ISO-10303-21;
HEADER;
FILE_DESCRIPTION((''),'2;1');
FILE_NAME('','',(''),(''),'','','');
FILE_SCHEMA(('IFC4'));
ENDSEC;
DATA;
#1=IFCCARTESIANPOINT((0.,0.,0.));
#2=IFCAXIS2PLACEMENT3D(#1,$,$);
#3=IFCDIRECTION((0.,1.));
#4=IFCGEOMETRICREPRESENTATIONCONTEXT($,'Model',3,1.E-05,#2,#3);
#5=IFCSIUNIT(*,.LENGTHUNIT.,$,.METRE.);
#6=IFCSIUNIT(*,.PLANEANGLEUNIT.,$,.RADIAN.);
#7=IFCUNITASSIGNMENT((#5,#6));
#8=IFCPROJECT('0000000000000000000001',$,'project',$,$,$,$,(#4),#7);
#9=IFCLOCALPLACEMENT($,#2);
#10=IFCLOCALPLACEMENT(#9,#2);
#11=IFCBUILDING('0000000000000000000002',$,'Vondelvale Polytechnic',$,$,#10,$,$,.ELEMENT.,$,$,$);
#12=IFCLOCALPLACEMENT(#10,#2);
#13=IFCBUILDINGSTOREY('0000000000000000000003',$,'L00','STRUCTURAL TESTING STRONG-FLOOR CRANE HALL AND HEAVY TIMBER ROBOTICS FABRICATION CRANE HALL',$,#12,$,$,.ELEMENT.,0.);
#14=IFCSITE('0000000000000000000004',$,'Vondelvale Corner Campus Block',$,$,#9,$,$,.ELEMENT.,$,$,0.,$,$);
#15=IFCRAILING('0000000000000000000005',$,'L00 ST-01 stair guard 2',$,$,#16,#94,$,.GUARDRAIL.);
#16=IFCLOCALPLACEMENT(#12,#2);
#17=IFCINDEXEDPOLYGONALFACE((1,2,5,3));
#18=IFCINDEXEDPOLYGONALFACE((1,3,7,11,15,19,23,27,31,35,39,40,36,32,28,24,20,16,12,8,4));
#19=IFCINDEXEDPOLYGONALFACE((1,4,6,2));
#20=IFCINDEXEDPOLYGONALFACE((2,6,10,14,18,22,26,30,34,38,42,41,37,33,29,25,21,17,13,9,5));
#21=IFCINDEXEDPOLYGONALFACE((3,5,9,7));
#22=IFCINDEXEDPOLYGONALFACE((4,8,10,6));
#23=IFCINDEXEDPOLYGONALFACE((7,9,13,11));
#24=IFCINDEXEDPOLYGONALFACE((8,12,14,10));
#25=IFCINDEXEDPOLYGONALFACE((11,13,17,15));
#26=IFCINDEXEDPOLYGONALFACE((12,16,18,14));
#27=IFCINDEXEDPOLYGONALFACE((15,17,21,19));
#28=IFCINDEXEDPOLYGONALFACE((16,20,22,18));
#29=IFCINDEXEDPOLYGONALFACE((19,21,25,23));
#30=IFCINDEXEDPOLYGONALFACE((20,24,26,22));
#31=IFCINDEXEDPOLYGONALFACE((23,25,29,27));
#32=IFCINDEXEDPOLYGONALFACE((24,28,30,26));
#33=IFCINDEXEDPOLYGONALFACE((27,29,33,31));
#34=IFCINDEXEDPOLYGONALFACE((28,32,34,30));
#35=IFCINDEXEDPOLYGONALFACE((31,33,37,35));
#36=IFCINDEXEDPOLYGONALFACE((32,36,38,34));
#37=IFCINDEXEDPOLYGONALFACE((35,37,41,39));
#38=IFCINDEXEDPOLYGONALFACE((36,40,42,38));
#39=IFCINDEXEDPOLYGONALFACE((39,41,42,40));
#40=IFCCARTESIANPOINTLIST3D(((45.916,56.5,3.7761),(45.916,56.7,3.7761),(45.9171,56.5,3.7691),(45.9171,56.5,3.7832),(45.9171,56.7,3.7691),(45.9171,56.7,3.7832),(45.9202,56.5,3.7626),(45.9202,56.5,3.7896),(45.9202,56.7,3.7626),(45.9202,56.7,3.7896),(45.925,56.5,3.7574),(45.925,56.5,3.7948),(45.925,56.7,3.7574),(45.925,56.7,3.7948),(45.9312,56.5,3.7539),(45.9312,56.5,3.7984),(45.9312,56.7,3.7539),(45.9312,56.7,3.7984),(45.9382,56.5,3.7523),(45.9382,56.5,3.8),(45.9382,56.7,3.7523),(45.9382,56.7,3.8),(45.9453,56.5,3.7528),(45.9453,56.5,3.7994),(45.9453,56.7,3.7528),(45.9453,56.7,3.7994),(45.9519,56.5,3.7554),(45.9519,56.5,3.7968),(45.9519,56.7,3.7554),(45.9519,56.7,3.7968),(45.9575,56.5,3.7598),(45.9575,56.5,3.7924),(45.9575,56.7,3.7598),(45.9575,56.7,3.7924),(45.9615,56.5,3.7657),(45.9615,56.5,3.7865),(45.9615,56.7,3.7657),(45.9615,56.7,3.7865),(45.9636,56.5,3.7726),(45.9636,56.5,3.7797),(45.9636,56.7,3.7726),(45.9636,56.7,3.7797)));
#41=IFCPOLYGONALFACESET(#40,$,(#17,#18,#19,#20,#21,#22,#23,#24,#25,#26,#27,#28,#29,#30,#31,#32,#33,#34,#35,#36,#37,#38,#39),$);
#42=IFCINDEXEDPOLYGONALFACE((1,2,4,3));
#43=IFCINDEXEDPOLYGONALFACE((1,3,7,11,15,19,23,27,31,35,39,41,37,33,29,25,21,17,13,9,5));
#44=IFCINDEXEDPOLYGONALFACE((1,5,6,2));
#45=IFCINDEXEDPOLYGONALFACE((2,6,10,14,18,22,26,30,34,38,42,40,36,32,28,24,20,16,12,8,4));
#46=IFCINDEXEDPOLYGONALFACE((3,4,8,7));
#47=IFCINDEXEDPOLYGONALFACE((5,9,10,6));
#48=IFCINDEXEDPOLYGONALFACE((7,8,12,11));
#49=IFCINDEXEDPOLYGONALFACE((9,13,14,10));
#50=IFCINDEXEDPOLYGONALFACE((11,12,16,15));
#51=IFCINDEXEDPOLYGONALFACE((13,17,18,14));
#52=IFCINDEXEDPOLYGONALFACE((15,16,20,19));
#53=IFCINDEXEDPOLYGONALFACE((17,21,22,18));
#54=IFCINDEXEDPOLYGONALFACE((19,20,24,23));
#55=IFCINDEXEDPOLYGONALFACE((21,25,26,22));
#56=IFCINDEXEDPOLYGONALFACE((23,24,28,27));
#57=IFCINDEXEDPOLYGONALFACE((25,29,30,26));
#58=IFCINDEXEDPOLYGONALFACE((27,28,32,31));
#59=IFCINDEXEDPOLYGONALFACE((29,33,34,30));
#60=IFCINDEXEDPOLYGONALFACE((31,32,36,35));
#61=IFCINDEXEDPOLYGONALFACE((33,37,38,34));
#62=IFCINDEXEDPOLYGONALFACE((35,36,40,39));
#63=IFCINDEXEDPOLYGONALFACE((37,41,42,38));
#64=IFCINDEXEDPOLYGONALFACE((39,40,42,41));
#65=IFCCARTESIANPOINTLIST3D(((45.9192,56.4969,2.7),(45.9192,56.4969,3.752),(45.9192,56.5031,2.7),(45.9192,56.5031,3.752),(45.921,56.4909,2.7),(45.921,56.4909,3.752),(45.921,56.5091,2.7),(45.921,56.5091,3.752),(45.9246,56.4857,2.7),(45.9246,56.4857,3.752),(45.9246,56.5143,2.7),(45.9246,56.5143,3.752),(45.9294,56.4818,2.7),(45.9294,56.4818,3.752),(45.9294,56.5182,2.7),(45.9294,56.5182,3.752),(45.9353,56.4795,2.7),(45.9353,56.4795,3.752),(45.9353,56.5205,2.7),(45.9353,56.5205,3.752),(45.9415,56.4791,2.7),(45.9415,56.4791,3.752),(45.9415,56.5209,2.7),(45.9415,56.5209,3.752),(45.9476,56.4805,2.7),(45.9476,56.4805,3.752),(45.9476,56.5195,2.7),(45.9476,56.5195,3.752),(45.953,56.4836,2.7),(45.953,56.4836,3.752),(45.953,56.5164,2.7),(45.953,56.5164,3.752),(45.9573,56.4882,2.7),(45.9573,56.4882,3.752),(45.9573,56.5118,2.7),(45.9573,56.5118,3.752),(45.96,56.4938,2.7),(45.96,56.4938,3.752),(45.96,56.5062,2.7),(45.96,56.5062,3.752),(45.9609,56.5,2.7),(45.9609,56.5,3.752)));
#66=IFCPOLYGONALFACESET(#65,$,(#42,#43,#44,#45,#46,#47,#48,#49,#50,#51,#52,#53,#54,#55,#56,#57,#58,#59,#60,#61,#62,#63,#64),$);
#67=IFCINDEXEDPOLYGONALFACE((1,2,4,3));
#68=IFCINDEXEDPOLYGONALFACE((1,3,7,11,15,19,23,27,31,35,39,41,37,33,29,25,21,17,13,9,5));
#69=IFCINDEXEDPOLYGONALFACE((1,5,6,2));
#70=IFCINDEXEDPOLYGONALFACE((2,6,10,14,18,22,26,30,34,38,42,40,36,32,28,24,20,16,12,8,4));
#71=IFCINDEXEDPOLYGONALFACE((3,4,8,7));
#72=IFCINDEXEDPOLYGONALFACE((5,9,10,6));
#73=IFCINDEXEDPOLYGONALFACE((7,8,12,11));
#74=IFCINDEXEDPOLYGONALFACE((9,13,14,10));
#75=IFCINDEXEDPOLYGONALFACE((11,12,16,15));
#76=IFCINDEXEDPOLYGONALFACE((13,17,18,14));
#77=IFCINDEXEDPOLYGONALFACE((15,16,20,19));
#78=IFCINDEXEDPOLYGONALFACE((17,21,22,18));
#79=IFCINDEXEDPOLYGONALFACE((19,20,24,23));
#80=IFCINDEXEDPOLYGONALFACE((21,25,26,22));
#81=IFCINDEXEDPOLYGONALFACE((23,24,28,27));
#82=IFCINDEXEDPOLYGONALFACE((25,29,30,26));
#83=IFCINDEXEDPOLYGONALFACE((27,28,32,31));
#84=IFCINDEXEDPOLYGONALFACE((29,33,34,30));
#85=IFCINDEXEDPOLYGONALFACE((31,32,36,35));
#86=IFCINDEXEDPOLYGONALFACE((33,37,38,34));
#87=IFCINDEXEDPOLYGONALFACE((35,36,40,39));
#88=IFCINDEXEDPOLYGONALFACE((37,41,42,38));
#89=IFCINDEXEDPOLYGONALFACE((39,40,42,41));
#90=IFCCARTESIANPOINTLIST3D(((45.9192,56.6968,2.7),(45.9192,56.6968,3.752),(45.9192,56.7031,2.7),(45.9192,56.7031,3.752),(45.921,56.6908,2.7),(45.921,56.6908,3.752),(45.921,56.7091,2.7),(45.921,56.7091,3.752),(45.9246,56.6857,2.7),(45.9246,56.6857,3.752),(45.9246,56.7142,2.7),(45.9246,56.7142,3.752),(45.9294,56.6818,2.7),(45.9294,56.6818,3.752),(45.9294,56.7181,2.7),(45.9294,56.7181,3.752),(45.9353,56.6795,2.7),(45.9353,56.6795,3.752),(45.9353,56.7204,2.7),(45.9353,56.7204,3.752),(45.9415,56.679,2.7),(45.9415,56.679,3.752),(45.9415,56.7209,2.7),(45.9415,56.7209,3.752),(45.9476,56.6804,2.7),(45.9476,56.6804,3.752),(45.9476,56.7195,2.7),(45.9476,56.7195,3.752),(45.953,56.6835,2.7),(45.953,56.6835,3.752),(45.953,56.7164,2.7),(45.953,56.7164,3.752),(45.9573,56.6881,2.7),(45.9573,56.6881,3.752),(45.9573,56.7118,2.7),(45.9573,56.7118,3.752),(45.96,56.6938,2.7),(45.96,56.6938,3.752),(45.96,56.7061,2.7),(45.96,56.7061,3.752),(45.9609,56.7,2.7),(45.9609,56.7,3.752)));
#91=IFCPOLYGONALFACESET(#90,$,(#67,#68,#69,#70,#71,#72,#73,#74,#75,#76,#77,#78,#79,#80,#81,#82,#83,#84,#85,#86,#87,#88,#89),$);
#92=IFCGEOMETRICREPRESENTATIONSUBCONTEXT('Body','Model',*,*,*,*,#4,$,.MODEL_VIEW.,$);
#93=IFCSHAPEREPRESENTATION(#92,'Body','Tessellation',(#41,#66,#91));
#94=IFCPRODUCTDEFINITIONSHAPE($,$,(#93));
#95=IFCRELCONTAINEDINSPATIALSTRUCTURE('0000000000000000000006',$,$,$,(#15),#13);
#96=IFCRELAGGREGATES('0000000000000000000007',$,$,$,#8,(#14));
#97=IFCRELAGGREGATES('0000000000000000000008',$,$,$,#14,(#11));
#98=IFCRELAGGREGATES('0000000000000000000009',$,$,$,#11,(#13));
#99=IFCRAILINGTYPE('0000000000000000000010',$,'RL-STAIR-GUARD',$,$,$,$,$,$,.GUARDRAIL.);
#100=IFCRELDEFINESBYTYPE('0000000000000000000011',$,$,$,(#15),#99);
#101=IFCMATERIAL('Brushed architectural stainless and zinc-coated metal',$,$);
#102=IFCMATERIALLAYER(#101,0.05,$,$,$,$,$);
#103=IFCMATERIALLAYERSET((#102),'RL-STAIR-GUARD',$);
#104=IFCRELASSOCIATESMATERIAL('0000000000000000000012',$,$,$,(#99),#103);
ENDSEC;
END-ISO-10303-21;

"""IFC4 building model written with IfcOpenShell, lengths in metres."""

from ifc_helpers import new_model, si_unit, direction, frame, origin, origin_2d, place, context, subcontext, project, spatial, circle, extrude, material, layer, layer_set, type_object, element, save


model = new_model("IFC4")

# Units and contexts
model_context = context("Model", 3, precision=1e-05, world=origin(), true_north=direction((0.0, 1.0)))
body_context = subcontext(model_context, "Body", "Model", "MODEL_VIEW")
ifc_project = project(units=[si_unit("LENGTHUNIT", "METRE"), si_unit("PLANEANGLEUNIT", "RADIAN")], contexts=[model_context])

# Site, building, storey
site_placement = place(None, origin())
site = spatial("IfcSite", under=ifc_project, at=site_placement, Name="Vondelvale Corner Campus Block", CompositionType="ELEMENT", RefElevation=0.0)
building_placement = place(site_placement, origin())
building = spatial("IfcBuilding", under=site, at=building_placement, Name="Vondelvale Polytechnic", CompositionType="ELEMENT")
storey_placement = place(building_placement, origin())
storey = spatial("IfcBuildingStorey", under=building, at=storey_placement, Name="L00", Description="STRUCTURAL TESTING STRONG-FLOOR CRANE HALL AND HEAVY TIMBER ROBOTICS FABRICATION CRANE HALL", CompositionType="ELEMENT", Elevation=0.0)

# Railing
ifc_material_1 = material(Name="Brushed architectural stainless and zinc-coated metal")
ifc_layer_1 = layer(ifc_material_1, 0.05)
ifc_layer_set_1 = layer_set([ifc_layer_1], Name="RL-STAIR-GUARD")
railing_type_1 = type_object("IfcRailingType", Name="RL-STAIR-GUARD", PredefinedType="GUARDRAIL", material=ifc_layer_set_1)
railing_1_placement = place(storey_placement, frame((45.9399, 56.5, 2.7)))
element("IfcRailing", 1, at=railing_1_placement, inside=storey, type_object=railing_type_1, Name="L00 ST-01 stair guard 2", PredefinedType="GUARDRAIL", context=body_context, shape_type="SweptSolid", body=[
    extrude(circle(Radius=0.0239, at=origin_2d()), frame((0.0, 0.0, 1.0762), z_axis=(0.0, 1.0, 0.0), x_axis=(-1.0, 0.0, 0.0)), (0.0, 0.0, 1.0), 0.2),
    extrude(circle(Radius=0.021, at=origin_2d()), origin(), (0.0, 0.0, 1.0), 1.052),
    extrude(circle(Radius=0.021, at=origin_2d()), frame((0.0, 0.2, 0.0)), (0.0, 0.0, 1.0), 1.052),
])

save(model, "model.ifc")
